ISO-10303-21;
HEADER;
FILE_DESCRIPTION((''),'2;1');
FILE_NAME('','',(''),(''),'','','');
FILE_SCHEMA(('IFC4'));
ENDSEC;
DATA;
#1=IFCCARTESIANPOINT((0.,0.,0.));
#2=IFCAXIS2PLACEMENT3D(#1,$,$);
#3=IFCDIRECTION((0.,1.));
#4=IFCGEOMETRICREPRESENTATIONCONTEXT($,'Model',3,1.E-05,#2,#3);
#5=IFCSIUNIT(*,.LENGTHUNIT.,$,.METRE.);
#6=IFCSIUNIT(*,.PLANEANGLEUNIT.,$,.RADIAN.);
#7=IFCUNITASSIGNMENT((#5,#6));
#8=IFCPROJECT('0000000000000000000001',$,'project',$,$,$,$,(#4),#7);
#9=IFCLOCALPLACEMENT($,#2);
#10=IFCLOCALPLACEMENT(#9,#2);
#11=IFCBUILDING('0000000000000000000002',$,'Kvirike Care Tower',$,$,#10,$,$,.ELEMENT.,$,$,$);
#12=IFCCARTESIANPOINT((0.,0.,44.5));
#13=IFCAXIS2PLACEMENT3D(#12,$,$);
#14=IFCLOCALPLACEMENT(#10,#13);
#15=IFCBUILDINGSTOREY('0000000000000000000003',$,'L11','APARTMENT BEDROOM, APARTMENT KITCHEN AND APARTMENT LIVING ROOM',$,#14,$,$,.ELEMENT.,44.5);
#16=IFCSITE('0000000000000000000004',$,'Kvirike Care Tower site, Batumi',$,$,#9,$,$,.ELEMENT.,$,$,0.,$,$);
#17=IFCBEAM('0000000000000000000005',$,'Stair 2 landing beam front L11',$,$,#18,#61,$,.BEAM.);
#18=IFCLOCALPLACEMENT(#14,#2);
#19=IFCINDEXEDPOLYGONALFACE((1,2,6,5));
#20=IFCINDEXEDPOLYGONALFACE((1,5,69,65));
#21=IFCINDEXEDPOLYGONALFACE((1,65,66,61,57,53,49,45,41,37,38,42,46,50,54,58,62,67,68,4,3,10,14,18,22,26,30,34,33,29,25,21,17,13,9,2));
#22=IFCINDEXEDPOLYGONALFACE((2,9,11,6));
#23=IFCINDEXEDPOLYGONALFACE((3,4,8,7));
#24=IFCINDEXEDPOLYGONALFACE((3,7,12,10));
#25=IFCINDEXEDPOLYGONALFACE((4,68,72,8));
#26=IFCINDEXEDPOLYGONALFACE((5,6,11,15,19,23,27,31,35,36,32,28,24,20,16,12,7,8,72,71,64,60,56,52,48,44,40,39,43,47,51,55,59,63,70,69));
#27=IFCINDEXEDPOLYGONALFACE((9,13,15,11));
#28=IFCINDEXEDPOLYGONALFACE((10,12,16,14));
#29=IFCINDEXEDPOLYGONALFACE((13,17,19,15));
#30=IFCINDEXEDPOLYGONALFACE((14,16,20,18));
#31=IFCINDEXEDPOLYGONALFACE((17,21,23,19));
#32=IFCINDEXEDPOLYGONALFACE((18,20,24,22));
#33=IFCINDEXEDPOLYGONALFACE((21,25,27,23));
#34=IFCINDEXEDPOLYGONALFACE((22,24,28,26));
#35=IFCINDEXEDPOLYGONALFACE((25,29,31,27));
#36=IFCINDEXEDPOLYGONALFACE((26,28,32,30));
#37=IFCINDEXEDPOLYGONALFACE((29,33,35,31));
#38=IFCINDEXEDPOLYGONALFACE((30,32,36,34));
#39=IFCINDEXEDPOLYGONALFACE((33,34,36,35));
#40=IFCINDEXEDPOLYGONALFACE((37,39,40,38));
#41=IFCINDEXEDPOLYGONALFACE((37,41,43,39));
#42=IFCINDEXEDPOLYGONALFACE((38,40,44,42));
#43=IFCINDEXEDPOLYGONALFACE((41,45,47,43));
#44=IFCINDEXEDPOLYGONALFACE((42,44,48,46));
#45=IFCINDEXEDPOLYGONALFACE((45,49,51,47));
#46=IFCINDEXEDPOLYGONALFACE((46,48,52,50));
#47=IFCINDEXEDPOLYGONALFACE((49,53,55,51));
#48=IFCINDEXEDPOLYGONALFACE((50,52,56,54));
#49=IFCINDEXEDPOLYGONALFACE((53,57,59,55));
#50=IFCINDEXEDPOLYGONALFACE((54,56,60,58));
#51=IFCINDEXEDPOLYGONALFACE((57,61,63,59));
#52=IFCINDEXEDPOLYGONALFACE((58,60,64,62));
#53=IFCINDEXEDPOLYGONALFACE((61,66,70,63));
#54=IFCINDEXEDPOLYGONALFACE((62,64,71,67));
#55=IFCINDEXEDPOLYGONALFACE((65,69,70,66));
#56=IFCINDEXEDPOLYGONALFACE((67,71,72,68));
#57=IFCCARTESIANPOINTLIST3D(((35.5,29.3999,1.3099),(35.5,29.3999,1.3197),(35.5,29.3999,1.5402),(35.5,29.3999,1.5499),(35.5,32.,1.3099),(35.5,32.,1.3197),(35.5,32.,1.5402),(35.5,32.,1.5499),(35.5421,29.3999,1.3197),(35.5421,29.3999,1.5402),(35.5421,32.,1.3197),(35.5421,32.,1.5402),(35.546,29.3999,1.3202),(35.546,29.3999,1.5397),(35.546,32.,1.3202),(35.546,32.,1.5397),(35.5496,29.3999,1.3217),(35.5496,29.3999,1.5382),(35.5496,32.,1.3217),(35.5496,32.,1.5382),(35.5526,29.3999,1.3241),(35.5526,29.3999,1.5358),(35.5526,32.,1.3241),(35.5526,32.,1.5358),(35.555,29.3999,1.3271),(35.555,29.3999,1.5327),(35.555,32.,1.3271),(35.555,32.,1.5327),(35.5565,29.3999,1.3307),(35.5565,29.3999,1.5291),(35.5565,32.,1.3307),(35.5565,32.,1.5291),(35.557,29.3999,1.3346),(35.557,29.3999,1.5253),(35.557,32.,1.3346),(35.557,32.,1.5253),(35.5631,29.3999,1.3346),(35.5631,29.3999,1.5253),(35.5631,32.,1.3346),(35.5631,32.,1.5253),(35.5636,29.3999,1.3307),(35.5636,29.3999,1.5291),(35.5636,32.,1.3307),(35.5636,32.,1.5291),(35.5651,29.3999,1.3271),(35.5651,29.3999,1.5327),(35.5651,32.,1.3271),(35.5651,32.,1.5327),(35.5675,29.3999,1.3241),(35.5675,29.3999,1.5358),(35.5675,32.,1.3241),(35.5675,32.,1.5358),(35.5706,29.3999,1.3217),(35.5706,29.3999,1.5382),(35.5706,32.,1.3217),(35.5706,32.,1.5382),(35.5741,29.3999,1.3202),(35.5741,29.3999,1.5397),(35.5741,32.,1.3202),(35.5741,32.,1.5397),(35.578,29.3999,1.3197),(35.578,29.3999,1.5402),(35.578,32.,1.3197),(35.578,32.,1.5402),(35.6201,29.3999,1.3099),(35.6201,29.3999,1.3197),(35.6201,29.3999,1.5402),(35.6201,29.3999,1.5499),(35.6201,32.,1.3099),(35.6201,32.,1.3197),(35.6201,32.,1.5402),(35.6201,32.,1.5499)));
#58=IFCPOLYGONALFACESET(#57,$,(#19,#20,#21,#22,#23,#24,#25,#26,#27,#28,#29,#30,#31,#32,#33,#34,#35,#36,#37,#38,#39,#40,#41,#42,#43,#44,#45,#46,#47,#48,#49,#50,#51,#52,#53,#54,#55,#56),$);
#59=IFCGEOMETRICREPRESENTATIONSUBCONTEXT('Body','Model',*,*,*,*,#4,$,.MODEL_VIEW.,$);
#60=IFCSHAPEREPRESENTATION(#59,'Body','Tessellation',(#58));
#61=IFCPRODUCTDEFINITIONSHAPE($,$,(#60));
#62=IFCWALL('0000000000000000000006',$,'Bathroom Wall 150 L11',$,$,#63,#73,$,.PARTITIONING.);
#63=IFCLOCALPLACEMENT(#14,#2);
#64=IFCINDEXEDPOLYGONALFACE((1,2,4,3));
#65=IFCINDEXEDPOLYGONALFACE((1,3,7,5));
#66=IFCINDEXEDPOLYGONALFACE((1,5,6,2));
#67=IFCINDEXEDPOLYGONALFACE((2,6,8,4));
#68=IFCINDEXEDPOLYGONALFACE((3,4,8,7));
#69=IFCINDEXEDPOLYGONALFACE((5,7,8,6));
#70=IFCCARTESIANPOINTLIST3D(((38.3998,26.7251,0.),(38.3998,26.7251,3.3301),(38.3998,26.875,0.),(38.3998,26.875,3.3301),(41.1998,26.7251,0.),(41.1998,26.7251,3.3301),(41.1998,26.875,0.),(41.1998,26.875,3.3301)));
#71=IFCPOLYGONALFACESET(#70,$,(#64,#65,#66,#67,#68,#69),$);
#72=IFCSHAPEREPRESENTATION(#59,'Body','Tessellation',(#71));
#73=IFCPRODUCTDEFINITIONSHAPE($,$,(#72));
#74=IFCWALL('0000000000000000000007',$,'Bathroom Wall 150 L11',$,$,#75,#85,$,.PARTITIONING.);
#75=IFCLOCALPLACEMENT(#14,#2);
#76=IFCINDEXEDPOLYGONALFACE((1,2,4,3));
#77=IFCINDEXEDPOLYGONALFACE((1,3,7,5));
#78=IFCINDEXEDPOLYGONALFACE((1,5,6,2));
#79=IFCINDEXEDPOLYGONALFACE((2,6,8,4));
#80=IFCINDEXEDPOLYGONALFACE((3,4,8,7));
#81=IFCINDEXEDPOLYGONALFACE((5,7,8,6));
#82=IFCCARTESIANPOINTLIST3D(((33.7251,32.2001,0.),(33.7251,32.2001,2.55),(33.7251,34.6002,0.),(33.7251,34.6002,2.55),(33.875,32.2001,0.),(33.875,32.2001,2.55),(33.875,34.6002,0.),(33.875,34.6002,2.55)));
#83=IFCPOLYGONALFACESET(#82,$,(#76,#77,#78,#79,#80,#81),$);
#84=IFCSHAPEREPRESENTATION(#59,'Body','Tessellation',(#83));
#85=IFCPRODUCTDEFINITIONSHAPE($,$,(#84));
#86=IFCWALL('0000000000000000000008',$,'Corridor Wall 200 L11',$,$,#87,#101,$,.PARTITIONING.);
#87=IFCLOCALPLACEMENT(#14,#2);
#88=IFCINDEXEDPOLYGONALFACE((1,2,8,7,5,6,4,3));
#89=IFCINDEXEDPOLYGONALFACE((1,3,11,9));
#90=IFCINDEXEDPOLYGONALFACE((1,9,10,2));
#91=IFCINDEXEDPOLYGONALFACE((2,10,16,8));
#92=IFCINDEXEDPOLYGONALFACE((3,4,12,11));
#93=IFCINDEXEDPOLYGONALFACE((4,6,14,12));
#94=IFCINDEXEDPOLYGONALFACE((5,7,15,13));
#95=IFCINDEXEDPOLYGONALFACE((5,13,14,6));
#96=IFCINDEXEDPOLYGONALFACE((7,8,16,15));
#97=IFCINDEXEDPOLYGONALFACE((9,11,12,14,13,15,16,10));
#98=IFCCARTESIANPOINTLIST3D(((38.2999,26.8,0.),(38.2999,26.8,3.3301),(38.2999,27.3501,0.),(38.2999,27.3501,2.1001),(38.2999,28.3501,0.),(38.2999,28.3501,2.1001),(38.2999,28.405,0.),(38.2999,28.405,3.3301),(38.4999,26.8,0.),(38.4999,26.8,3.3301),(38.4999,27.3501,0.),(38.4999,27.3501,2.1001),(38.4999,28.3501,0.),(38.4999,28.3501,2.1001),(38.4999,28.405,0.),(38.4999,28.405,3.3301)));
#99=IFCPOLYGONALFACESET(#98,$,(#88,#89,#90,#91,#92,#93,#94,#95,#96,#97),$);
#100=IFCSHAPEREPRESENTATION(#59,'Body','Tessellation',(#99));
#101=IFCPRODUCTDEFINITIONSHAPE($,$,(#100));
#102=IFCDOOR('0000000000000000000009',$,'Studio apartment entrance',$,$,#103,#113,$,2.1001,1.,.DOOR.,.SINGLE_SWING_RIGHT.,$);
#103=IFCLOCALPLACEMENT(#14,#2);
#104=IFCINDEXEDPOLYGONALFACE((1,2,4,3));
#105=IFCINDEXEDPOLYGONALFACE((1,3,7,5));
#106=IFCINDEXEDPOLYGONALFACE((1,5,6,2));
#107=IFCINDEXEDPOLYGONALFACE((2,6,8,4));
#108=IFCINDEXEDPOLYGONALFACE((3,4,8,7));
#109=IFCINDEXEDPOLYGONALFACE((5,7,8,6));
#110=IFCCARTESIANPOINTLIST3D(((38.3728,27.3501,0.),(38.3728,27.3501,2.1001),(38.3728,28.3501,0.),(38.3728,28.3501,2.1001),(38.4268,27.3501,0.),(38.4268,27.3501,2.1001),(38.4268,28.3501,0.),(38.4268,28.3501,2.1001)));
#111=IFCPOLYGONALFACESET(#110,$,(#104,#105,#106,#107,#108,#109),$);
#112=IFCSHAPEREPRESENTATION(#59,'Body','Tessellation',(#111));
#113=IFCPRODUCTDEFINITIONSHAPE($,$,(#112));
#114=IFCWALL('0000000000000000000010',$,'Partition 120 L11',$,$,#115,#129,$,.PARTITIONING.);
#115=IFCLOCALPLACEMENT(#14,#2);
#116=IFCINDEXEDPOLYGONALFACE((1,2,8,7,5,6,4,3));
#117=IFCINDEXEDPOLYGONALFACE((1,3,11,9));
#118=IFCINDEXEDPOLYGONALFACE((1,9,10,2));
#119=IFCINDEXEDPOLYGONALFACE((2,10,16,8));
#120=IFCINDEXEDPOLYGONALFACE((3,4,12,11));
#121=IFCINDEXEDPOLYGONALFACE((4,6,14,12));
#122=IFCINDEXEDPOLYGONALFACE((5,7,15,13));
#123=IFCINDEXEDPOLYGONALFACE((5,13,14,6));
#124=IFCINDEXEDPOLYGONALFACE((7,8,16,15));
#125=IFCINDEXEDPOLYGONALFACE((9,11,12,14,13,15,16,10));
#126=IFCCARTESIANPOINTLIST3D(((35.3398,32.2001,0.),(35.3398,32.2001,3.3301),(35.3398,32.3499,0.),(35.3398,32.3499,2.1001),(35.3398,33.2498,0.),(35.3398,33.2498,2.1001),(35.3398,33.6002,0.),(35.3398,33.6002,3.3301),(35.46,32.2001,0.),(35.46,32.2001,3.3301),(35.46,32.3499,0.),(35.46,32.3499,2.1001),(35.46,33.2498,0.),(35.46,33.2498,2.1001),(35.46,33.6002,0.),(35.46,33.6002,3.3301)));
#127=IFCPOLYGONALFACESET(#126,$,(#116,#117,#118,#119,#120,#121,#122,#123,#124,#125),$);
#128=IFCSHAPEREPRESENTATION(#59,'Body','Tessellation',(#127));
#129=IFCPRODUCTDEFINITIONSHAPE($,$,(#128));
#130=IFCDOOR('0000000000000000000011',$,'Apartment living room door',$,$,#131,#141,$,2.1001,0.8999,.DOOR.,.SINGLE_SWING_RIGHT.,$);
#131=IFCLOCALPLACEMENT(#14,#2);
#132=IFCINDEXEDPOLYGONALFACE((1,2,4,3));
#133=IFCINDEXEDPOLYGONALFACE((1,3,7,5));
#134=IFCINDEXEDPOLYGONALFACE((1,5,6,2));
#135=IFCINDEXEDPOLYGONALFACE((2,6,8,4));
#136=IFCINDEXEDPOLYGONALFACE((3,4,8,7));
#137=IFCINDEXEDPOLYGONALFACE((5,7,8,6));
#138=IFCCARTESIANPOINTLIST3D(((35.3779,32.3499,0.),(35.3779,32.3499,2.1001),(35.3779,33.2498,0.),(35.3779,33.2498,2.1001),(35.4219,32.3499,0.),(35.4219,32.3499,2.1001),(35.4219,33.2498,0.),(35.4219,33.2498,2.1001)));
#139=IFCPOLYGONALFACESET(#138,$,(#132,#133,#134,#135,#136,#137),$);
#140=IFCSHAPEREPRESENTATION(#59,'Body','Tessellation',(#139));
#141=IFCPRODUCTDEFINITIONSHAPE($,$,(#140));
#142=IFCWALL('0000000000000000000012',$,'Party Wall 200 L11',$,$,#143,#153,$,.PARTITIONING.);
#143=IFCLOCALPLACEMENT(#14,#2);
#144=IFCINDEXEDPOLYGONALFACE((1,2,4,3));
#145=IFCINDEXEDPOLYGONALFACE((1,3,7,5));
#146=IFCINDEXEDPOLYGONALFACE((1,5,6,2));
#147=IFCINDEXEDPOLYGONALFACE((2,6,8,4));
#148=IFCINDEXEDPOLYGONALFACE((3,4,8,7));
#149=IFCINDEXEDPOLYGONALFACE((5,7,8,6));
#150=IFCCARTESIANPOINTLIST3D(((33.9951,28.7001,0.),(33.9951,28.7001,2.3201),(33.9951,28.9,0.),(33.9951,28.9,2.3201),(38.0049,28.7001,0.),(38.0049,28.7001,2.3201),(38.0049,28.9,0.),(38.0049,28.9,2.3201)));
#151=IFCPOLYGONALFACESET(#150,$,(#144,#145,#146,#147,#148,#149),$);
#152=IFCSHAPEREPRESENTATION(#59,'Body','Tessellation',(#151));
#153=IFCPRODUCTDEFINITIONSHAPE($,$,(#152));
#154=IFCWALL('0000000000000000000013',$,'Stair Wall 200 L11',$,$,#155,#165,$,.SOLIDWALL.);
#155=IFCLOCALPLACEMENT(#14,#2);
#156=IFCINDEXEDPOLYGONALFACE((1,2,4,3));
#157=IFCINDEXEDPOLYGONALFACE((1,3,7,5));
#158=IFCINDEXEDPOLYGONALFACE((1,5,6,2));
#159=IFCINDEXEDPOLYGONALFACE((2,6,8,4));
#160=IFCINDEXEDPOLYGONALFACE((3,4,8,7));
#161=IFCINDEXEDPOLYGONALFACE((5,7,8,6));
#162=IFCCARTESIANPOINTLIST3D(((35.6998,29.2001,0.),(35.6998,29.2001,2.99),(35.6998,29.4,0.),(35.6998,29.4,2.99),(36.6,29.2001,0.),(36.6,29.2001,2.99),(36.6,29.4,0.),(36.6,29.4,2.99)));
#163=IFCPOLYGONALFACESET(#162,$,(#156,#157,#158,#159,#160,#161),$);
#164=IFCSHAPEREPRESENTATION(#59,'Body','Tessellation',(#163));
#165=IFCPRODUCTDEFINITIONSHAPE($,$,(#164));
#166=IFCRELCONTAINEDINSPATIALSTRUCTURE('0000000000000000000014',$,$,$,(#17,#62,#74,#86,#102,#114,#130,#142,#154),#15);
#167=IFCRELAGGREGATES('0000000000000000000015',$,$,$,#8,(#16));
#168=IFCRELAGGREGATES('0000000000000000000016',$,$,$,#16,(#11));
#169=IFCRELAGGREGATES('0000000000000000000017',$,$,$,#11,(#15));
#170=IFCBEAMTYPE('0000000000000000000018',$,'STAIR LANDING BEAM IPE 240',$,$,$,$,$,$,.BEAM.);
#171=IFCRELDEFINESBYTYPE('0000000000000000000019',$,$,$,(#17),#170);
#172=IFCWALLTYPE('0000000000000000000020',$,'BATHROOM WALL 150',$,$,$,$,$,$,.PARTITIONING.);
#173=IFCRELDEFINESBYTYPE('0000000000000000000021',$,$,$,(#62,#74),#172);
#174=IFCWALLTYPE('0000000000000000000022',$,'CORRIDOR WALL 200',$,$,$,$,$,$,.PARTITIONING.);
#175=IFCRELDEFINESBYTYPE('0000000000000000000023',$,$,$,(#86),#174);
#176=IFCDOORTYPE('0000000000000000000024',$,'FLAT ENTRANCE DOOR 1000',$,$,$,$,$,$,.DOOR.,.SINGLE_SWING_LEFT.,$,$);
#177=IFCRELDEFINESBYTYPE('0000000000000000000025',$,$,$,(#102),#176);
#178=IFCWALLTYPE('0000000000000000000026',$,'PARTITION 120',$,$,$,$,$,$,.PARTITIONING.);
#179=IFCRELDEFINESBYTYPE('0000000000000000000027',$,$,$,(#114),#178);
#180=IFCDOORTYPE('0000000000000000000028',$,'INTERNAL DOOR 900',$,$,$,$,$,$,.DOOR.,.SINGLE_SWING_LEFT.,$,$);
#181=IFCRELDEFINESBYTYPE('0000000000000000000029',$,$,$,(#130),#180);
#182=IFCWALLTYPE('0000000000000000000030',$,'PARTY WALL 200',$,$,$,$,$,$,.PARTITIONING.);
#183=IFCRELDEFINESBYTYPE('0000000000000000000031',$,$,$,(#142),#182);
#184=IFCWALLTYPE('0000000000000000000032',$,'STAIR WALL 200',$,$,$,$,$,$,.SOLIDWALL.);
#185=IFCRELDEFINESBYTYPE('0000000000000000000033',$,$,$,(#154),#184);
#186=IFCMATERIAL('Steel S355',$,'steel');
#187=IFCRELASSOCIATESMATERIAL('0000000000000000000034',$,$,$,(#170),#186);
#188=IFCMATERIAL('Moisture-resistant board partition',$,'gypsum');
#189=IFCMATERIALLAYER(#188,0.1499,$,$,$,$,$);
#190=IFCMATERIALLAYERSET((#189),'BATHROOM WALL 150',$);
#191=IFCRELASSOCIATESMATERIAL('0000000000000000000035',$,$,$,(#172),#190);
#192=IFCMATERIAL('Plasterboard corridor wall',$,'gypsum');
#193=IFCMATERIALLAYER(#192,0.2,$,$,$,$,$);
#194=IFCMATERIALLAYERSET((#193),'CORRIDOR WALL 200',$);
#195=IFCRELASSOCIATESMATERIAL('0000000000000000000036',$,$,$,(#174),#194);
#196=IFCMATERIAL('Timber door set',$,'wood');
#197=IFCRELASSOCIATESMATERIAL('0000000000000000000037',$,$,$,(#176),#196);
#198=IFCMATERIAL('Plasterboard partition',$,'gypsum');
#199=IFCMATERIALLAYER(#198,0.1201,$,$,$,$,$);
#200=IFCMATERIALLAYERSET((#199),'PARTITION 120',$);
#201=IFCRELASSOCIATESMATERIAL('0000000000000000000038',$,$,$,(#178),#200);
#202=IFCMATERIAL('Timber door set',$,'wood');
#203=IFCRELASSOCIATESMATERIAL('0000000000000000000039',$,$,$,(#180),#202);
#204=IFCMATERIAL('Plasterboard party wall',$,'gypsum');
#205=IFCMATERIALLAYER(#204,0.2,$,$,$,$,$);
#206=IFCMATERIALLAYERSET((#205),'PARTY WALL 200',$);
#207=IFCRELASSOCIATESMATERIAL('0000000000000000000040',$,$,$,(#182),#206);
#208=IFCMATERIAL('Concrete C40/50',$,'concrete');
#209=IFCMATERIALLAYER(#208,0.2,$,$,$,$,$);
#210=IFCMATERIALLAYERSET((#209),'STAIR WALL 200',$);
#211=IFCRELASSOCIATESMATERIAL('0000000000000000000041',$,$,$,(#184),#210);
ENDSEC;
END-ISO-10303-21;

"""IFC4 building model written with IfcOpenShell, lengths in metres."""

from ifc_helpers import new_model, si_unit, direction, frame, frame_2d, origin, origin_2d, place, context, subcontext, project, spatial, rectangle, i_section, extrude, material, layer, layer_set, material_profile, profile_set, type_object, element, fill, save


model = new_model("IFC4")

# Units and contexts
model_context = context("Model", 3, precision=1e-05, world=origin(), true_north=direction((0.0, 1.0)))
body_context = subcontext(model_context, "Body", "Model", "MODEL_VIEW")
ifc_project = project(units=[si_unit("LENGTHUNIT", "METRE"), si_unit("PLANEANGLEUNIT", "RADIAN")], contexts=[model_context])

# Site, building, storey
site_placement = place(None, origin())
site = spatial("IfcSite", under=ifc_project, at=site_placement, Name="Kvirike Care Tower site, Batumi", CompositionType="ELEMENT", RefElevation=0.0)
building_placement = place(site_placement, origin())
building = spatial("IfcBuilding", under=site, at=building_placement, Name="Kvirike Care Tower", CompositionType="ELEMENT")
storey_placement = place(building_placement, frame((0.0, 0.0, 44.5)))
storey = spatial("IfcBuildingStorey", under=building, at=storey_placement, Name="L11", Description="APARTMENT BEDROOM, APARTMENT KITCHEN AND APARTMENT LIVING ROOM", CompositionType="ELEMENT", Elevation=44.5)

# Beam
ifc_material_1 = material(Name="Steel S355", Category="steel")
ifc_material_profile_1 = material_profile(ifc_material_1, i_section(OverallWidth=0.1201, OverallDepth=0.24, WebThickness=0.0061, FlangeThickness=0.0098, FilletRadius=0.0149, at=origin_2d()), Name="IPE 240")
ifc_profile_set_1 = profile_set([ifc_material_profile_1], Name="Steel S355")
beam_type_1 = type_object("IfcBeamType", Name="STAIR LANDING BEAM IPE 240", PredefinedType="BEAM", material=ifc_profile_set_1)
for number, where, z_axis, x_axis, name in (
    (1, (35.5601, 29.3999, 1.4299), (0.0, 1.0, 0.0), (-1.0, 0.0, 0.0), "Stair 2 landing beam front L11"),
):
    element("IfcBeam", number, at=place(storey_placement, frame(where, z_axis=z_axis, x_axis=x_axis)), inside=storey, type_object=beam_type_1, Name=name, PredefinedType="BEAM", context=body_context, shape_type="SweptSolid", body=[
        extrude(i_section(OverallWidth=0.1201, OverallDepth=0.24, WebThickness=0.0061, FlangeThickness=0.0098, FilletRadius=0.0149, at=origin_2d()), origin(), (0.0, 0.0, 1.0), 2.6001),
    ])

# Walls
ifc_material_2 = material(Name="Moisture-resistant board partition", Category="gypsum")
ifc_layer_1 = layer(ifc_material_2, 0.1499)
ifc_layer_set_1 = layer_set([ifc_layer_1], Name="BATHROOM WALL 150")
wall_type_1 = type_object("IfcWallType", Name="BATHROOM WALL 150", PredefinedType="PARTITIONING", material=ifc_layer_set_1)
wall_1_placement = place(storey_placement, frame((38.3999, 26.8, 0.0), z_axis=(0.0, 0.0, 1.0), x_axis=(1.0, 0.0, 0.0)))
element("IfcWall", 2, at=wall_1_placement, inside=storey, type_object=wall_type_1, Name="Bathroom Wall 150 L11", PredefinedType="PARTITIONING", context=body_context, shape_type="SweptSolid", body=[
    extrude(rectangle(XDim=2.8, YDim=0.1499, at=frame_2d((1.3999, 0.0))), origin(), (0.0, 0.0, 1.0), 3.3301),
])
wall_2_placement = place(storey_placement, frame((33.8, 32.2, 0.0), z_axis=(0.0, 0.0, 1.0), x_axis=(0.0, 1.0, 0.0)))
element("IfcWall", 3, at=wall_2_placement, inside=storey, type_object=wall_type_1, Name="Bathroom Wall 150 L11", PredefinedType="PARTITIONING", context=body_context, shape_type="SweptSolid", body=[
    extrude(rectangle(XDim=2.4001, YDim=0.1499, at=frame_2d((1.2002, 0.0))), origin(), (0.0, 0.0, 1.0), 2.55),
])

# Walls, openings, doors
ifc_material_3 = material(Name="Plasterboard corridor wall", Category="gypsum")
ifc_layer_2 = layer(ifc_material_3, 0.2)
ifc_layer_set_2 = layer_set([ifc_layer_2], Name="CORRIDOR WALL 200")
wall_type_2 = type_object("IfcWallType", Name="CORRIDOR WALL 200", PredefinedType="PARTITIONING", material=ifc_layer_set_2)
wall_3_placement = place(storey_placement, frame((38.3999, 26.8, 0.0), z_axis=(0.0, 0.0, 1.0), x_axis=(0.0, 1.0, 0.0)))
wall_3 = element("IfcWall", 4, at=wall_3_placement, inside=storey, type_object=wall_type_2, Name="Corridor Wall 200 L11", PredefinedType="PARTITIONING", context=body_context, shape_type="SweptSolid", body=[
    extrude(rectangle(XDim=1.605, YDim=0.2, at=frame_2d((0.8025, 0.0))), origin(), (0.0, 0.0, 1.0), 3.3301),
])
opening_1_placement = place(wall_3_placement, frame((0.55, 0.0, 0.0)))
opening_1 = element("IfcOpeningElement", 5, at=opening_1_placement, cuts=wall_3, PredefinedType="OPENING", context=body_context, shape_type="SweptSolid", body=[
    extrude(rectangle(XDim=1.0, YDim=2.1001, at=frame_2d((0.5, 1.05))), frame((0.0, 0.1106, 0.0), z_axis=(0.0, -1.0, 0.0), x_axis=(1.0, 0.0, 0.0)), (0.0, 0.0, 1.0), 0.2209),
])
ifc_material_4 = material(Name="Timber door set", Category="wood")
door_type_1 = type_object("IfcDoorType", Name="FLAT ENTRANCE DOOR 1000", OperationType="SINGLE_SWING_LEFT", PredefinedType="DOOR", material=ifc_material_4)
door_1_placement = place(opening_1_placement, frame((1.0, 0.0, 0.0), z_axis=(0.0, 0.0, 1.0), x_axis=(-1.0, 0.0, 0.0)))
door_1 = element("IfcDoor", 6, at=door_1_placement, inside=storey, type_object=door_type_1, Name="Studio apartment entrance", OperationType="SINGLE_SWING_RIGHT", OverallHeight=2.1001, OverallWidth=1.0, PredefinedType="DOOR", context=body_context, shape_type="SweptSolid", body=[
    extrude(rectangle(XDim=1.0, YDim=2.1001, at=frame_2d((0.5, 1.05))), frame((0.0, 0.0269, 0.0), z_axis=(0.0, -1.0, 0.0), x_axis=(1.0, 0.0, 0.0)), (0.0, 0.0, 1.0), 0.054),
])
fill(opening_1, door_1)
ifc_material_5 = material(Name="Plasterboard partition", Category="gypsum")
ifc_layer_3 = layer(ifc_material_5, 0.1201)
ifc_layer_set_3 = layer_set([ifc_layer_3], Name="PARTITION 120")
wall_type_3 = type_object("IfcWallType", Name="PARTITION 120", PredefinedType="PARTITIONING", material=ifc_layer_set_3)
wall_4_placement = place(storey_placement, frame((35.3999, 32.2, 0.0), z_axis=(0.0, 0.0, 1.0), x_axis=(0.0, 1.0, 0.0)))
wall_4 = element("IfcWall", 7, at=wall_4_placement, inside=storey, type_object=wall_type_3, Name="Partition 120 L11", PredefinedType="PARTITIONING", context=body_context, shape_type="SweptSolid", body=[
    extrude(rectangle(XDim=1.4001, YDim=0.1201, at=frame_2d((0.7002, 0.0))), origin(), (0.0, 0.0, 1.0), 3.3301),
])
opening_2_placement = place(wall_4_placement, frame((0.1499, 0.0, 0.0)))
opening_2 = element("IfcOpeningElement", 8, at=opening_2_placement, cuts=wall_4, PredefinedType="OPENING", context=body_context, shape_type="SweptSolid", body=[
    extrude(rectangle(XDim=0.8999, YDim=2.1001, at=frame_2d((0.45, 1.05))), frame((0.0, 0.0706, 0.0), z_axis=(0.0, -1.0, 0.0), x_axis=(1.0, 0.0, 0.0)), (0.0, 0.0, 1.0), 0.1411),
])
ifc_material_6 = material(Name="Timber door set", Category="wood")
door_type_2 = type_object("IfcDoorType", Name="INTERNAL DOOR 900", OperationType="SINGLE_SWING_LEFT", PredefinedType="DOOR", material=ifc_material_6)
door_2_placement = place(opening_2_placement, origin())
door_2 = element("IfcDoor", 9, at=door_2_placement, inside=storey, type_object=door_type_2, Name="Apartment living room door", OperationType="SINGLE_SWING_RIGHT", OverallHeight=2.1001, OverallWidth=0.8999, PredefinedType="DOOR", context=body_context, shape_type="SweptSolid", body=[
    extrude(rectangle(XDim=0.8999, YDim=2.1001, at=frame_2d((0.45, 1.05))), frame((0.0, 0.022, 0.0), z_axis=(0.0, -1.0, 0.0), x_axis=(1.0, 0.0, 0.0)), (0.0, 0.0, 1.0), 0.0439),
])
fill(opening_2, door_2)

# Walls
ifc_material_7 = material(Name="Plasterboard party wall", Category="gypsum")
ifc_layer_4 = layer(ifc_material_7, 0.2)
ifc_layer_set_4 = layer_set([ifc_layer_4], Name="PARTY WALL 200")
wall_type_4 = type_object("IfcWallType", Name="PARTY WALL 200", PredefinedType="PARTITIONING", material=ifc_layer_set_4)
wall_5_placement = place(storey_placement, frame((38.0049, 28.8, 0.0), z_axis=(0.0, 0.0, 1.0), x_axis=(-1.0, 0.0, 0.0)))
element("IfcWall", 10, at=wall_5_placement, inside=storey, type_object=wall_type_4, Name="Party Wall 200 L11", PredefinedType="PARTITIONING", context=body_context, shape_type="SweptSolid", body=[
    extrude(rectangle(XDim=4.0098, YDim=0.2, at=frame_2d((2.0049, 0.0))), origin(), (0.0, 0.0, 1.0), 2.3201),
])
ifc_material_8 = material(Name="Concrete C40/50", Category="concrete")
ifc_layer_5 = layer(ifc_material_8, 0.2)
ifc_layer_set_5 = layer_set([ifc_layer_5], Name="STAIR WALL 200")
wall_type_5 = type_object("IfcWallType", Name="STAIR WALL 200", PredefinedType="SOLIDWALL", material=ifc_layer_set_5)
wall_6_placement = place(storey_placement, frame((36.6001, 29.3, 0.0), z_axis=(0.0, 0.0, 1.0), x_axis=(-1.0, 0.0, 0.0)))
element("IfcWall", 11, at=wall_6_placement, inside=storey, type_object=wall_type_5, Name="Stair Wall 200 L11", PredefinedType="SOLIDWALL", context=body_context, shape_type="SweptSolid", body=[
    extrude(rectangle(XDim=0.9001, YDim=0.2, at=frame_2d((0.4502, 0.0))), origin(), (0.0, 0.0, 1.0), 2.99),
])

save(model, "model.ifc")
